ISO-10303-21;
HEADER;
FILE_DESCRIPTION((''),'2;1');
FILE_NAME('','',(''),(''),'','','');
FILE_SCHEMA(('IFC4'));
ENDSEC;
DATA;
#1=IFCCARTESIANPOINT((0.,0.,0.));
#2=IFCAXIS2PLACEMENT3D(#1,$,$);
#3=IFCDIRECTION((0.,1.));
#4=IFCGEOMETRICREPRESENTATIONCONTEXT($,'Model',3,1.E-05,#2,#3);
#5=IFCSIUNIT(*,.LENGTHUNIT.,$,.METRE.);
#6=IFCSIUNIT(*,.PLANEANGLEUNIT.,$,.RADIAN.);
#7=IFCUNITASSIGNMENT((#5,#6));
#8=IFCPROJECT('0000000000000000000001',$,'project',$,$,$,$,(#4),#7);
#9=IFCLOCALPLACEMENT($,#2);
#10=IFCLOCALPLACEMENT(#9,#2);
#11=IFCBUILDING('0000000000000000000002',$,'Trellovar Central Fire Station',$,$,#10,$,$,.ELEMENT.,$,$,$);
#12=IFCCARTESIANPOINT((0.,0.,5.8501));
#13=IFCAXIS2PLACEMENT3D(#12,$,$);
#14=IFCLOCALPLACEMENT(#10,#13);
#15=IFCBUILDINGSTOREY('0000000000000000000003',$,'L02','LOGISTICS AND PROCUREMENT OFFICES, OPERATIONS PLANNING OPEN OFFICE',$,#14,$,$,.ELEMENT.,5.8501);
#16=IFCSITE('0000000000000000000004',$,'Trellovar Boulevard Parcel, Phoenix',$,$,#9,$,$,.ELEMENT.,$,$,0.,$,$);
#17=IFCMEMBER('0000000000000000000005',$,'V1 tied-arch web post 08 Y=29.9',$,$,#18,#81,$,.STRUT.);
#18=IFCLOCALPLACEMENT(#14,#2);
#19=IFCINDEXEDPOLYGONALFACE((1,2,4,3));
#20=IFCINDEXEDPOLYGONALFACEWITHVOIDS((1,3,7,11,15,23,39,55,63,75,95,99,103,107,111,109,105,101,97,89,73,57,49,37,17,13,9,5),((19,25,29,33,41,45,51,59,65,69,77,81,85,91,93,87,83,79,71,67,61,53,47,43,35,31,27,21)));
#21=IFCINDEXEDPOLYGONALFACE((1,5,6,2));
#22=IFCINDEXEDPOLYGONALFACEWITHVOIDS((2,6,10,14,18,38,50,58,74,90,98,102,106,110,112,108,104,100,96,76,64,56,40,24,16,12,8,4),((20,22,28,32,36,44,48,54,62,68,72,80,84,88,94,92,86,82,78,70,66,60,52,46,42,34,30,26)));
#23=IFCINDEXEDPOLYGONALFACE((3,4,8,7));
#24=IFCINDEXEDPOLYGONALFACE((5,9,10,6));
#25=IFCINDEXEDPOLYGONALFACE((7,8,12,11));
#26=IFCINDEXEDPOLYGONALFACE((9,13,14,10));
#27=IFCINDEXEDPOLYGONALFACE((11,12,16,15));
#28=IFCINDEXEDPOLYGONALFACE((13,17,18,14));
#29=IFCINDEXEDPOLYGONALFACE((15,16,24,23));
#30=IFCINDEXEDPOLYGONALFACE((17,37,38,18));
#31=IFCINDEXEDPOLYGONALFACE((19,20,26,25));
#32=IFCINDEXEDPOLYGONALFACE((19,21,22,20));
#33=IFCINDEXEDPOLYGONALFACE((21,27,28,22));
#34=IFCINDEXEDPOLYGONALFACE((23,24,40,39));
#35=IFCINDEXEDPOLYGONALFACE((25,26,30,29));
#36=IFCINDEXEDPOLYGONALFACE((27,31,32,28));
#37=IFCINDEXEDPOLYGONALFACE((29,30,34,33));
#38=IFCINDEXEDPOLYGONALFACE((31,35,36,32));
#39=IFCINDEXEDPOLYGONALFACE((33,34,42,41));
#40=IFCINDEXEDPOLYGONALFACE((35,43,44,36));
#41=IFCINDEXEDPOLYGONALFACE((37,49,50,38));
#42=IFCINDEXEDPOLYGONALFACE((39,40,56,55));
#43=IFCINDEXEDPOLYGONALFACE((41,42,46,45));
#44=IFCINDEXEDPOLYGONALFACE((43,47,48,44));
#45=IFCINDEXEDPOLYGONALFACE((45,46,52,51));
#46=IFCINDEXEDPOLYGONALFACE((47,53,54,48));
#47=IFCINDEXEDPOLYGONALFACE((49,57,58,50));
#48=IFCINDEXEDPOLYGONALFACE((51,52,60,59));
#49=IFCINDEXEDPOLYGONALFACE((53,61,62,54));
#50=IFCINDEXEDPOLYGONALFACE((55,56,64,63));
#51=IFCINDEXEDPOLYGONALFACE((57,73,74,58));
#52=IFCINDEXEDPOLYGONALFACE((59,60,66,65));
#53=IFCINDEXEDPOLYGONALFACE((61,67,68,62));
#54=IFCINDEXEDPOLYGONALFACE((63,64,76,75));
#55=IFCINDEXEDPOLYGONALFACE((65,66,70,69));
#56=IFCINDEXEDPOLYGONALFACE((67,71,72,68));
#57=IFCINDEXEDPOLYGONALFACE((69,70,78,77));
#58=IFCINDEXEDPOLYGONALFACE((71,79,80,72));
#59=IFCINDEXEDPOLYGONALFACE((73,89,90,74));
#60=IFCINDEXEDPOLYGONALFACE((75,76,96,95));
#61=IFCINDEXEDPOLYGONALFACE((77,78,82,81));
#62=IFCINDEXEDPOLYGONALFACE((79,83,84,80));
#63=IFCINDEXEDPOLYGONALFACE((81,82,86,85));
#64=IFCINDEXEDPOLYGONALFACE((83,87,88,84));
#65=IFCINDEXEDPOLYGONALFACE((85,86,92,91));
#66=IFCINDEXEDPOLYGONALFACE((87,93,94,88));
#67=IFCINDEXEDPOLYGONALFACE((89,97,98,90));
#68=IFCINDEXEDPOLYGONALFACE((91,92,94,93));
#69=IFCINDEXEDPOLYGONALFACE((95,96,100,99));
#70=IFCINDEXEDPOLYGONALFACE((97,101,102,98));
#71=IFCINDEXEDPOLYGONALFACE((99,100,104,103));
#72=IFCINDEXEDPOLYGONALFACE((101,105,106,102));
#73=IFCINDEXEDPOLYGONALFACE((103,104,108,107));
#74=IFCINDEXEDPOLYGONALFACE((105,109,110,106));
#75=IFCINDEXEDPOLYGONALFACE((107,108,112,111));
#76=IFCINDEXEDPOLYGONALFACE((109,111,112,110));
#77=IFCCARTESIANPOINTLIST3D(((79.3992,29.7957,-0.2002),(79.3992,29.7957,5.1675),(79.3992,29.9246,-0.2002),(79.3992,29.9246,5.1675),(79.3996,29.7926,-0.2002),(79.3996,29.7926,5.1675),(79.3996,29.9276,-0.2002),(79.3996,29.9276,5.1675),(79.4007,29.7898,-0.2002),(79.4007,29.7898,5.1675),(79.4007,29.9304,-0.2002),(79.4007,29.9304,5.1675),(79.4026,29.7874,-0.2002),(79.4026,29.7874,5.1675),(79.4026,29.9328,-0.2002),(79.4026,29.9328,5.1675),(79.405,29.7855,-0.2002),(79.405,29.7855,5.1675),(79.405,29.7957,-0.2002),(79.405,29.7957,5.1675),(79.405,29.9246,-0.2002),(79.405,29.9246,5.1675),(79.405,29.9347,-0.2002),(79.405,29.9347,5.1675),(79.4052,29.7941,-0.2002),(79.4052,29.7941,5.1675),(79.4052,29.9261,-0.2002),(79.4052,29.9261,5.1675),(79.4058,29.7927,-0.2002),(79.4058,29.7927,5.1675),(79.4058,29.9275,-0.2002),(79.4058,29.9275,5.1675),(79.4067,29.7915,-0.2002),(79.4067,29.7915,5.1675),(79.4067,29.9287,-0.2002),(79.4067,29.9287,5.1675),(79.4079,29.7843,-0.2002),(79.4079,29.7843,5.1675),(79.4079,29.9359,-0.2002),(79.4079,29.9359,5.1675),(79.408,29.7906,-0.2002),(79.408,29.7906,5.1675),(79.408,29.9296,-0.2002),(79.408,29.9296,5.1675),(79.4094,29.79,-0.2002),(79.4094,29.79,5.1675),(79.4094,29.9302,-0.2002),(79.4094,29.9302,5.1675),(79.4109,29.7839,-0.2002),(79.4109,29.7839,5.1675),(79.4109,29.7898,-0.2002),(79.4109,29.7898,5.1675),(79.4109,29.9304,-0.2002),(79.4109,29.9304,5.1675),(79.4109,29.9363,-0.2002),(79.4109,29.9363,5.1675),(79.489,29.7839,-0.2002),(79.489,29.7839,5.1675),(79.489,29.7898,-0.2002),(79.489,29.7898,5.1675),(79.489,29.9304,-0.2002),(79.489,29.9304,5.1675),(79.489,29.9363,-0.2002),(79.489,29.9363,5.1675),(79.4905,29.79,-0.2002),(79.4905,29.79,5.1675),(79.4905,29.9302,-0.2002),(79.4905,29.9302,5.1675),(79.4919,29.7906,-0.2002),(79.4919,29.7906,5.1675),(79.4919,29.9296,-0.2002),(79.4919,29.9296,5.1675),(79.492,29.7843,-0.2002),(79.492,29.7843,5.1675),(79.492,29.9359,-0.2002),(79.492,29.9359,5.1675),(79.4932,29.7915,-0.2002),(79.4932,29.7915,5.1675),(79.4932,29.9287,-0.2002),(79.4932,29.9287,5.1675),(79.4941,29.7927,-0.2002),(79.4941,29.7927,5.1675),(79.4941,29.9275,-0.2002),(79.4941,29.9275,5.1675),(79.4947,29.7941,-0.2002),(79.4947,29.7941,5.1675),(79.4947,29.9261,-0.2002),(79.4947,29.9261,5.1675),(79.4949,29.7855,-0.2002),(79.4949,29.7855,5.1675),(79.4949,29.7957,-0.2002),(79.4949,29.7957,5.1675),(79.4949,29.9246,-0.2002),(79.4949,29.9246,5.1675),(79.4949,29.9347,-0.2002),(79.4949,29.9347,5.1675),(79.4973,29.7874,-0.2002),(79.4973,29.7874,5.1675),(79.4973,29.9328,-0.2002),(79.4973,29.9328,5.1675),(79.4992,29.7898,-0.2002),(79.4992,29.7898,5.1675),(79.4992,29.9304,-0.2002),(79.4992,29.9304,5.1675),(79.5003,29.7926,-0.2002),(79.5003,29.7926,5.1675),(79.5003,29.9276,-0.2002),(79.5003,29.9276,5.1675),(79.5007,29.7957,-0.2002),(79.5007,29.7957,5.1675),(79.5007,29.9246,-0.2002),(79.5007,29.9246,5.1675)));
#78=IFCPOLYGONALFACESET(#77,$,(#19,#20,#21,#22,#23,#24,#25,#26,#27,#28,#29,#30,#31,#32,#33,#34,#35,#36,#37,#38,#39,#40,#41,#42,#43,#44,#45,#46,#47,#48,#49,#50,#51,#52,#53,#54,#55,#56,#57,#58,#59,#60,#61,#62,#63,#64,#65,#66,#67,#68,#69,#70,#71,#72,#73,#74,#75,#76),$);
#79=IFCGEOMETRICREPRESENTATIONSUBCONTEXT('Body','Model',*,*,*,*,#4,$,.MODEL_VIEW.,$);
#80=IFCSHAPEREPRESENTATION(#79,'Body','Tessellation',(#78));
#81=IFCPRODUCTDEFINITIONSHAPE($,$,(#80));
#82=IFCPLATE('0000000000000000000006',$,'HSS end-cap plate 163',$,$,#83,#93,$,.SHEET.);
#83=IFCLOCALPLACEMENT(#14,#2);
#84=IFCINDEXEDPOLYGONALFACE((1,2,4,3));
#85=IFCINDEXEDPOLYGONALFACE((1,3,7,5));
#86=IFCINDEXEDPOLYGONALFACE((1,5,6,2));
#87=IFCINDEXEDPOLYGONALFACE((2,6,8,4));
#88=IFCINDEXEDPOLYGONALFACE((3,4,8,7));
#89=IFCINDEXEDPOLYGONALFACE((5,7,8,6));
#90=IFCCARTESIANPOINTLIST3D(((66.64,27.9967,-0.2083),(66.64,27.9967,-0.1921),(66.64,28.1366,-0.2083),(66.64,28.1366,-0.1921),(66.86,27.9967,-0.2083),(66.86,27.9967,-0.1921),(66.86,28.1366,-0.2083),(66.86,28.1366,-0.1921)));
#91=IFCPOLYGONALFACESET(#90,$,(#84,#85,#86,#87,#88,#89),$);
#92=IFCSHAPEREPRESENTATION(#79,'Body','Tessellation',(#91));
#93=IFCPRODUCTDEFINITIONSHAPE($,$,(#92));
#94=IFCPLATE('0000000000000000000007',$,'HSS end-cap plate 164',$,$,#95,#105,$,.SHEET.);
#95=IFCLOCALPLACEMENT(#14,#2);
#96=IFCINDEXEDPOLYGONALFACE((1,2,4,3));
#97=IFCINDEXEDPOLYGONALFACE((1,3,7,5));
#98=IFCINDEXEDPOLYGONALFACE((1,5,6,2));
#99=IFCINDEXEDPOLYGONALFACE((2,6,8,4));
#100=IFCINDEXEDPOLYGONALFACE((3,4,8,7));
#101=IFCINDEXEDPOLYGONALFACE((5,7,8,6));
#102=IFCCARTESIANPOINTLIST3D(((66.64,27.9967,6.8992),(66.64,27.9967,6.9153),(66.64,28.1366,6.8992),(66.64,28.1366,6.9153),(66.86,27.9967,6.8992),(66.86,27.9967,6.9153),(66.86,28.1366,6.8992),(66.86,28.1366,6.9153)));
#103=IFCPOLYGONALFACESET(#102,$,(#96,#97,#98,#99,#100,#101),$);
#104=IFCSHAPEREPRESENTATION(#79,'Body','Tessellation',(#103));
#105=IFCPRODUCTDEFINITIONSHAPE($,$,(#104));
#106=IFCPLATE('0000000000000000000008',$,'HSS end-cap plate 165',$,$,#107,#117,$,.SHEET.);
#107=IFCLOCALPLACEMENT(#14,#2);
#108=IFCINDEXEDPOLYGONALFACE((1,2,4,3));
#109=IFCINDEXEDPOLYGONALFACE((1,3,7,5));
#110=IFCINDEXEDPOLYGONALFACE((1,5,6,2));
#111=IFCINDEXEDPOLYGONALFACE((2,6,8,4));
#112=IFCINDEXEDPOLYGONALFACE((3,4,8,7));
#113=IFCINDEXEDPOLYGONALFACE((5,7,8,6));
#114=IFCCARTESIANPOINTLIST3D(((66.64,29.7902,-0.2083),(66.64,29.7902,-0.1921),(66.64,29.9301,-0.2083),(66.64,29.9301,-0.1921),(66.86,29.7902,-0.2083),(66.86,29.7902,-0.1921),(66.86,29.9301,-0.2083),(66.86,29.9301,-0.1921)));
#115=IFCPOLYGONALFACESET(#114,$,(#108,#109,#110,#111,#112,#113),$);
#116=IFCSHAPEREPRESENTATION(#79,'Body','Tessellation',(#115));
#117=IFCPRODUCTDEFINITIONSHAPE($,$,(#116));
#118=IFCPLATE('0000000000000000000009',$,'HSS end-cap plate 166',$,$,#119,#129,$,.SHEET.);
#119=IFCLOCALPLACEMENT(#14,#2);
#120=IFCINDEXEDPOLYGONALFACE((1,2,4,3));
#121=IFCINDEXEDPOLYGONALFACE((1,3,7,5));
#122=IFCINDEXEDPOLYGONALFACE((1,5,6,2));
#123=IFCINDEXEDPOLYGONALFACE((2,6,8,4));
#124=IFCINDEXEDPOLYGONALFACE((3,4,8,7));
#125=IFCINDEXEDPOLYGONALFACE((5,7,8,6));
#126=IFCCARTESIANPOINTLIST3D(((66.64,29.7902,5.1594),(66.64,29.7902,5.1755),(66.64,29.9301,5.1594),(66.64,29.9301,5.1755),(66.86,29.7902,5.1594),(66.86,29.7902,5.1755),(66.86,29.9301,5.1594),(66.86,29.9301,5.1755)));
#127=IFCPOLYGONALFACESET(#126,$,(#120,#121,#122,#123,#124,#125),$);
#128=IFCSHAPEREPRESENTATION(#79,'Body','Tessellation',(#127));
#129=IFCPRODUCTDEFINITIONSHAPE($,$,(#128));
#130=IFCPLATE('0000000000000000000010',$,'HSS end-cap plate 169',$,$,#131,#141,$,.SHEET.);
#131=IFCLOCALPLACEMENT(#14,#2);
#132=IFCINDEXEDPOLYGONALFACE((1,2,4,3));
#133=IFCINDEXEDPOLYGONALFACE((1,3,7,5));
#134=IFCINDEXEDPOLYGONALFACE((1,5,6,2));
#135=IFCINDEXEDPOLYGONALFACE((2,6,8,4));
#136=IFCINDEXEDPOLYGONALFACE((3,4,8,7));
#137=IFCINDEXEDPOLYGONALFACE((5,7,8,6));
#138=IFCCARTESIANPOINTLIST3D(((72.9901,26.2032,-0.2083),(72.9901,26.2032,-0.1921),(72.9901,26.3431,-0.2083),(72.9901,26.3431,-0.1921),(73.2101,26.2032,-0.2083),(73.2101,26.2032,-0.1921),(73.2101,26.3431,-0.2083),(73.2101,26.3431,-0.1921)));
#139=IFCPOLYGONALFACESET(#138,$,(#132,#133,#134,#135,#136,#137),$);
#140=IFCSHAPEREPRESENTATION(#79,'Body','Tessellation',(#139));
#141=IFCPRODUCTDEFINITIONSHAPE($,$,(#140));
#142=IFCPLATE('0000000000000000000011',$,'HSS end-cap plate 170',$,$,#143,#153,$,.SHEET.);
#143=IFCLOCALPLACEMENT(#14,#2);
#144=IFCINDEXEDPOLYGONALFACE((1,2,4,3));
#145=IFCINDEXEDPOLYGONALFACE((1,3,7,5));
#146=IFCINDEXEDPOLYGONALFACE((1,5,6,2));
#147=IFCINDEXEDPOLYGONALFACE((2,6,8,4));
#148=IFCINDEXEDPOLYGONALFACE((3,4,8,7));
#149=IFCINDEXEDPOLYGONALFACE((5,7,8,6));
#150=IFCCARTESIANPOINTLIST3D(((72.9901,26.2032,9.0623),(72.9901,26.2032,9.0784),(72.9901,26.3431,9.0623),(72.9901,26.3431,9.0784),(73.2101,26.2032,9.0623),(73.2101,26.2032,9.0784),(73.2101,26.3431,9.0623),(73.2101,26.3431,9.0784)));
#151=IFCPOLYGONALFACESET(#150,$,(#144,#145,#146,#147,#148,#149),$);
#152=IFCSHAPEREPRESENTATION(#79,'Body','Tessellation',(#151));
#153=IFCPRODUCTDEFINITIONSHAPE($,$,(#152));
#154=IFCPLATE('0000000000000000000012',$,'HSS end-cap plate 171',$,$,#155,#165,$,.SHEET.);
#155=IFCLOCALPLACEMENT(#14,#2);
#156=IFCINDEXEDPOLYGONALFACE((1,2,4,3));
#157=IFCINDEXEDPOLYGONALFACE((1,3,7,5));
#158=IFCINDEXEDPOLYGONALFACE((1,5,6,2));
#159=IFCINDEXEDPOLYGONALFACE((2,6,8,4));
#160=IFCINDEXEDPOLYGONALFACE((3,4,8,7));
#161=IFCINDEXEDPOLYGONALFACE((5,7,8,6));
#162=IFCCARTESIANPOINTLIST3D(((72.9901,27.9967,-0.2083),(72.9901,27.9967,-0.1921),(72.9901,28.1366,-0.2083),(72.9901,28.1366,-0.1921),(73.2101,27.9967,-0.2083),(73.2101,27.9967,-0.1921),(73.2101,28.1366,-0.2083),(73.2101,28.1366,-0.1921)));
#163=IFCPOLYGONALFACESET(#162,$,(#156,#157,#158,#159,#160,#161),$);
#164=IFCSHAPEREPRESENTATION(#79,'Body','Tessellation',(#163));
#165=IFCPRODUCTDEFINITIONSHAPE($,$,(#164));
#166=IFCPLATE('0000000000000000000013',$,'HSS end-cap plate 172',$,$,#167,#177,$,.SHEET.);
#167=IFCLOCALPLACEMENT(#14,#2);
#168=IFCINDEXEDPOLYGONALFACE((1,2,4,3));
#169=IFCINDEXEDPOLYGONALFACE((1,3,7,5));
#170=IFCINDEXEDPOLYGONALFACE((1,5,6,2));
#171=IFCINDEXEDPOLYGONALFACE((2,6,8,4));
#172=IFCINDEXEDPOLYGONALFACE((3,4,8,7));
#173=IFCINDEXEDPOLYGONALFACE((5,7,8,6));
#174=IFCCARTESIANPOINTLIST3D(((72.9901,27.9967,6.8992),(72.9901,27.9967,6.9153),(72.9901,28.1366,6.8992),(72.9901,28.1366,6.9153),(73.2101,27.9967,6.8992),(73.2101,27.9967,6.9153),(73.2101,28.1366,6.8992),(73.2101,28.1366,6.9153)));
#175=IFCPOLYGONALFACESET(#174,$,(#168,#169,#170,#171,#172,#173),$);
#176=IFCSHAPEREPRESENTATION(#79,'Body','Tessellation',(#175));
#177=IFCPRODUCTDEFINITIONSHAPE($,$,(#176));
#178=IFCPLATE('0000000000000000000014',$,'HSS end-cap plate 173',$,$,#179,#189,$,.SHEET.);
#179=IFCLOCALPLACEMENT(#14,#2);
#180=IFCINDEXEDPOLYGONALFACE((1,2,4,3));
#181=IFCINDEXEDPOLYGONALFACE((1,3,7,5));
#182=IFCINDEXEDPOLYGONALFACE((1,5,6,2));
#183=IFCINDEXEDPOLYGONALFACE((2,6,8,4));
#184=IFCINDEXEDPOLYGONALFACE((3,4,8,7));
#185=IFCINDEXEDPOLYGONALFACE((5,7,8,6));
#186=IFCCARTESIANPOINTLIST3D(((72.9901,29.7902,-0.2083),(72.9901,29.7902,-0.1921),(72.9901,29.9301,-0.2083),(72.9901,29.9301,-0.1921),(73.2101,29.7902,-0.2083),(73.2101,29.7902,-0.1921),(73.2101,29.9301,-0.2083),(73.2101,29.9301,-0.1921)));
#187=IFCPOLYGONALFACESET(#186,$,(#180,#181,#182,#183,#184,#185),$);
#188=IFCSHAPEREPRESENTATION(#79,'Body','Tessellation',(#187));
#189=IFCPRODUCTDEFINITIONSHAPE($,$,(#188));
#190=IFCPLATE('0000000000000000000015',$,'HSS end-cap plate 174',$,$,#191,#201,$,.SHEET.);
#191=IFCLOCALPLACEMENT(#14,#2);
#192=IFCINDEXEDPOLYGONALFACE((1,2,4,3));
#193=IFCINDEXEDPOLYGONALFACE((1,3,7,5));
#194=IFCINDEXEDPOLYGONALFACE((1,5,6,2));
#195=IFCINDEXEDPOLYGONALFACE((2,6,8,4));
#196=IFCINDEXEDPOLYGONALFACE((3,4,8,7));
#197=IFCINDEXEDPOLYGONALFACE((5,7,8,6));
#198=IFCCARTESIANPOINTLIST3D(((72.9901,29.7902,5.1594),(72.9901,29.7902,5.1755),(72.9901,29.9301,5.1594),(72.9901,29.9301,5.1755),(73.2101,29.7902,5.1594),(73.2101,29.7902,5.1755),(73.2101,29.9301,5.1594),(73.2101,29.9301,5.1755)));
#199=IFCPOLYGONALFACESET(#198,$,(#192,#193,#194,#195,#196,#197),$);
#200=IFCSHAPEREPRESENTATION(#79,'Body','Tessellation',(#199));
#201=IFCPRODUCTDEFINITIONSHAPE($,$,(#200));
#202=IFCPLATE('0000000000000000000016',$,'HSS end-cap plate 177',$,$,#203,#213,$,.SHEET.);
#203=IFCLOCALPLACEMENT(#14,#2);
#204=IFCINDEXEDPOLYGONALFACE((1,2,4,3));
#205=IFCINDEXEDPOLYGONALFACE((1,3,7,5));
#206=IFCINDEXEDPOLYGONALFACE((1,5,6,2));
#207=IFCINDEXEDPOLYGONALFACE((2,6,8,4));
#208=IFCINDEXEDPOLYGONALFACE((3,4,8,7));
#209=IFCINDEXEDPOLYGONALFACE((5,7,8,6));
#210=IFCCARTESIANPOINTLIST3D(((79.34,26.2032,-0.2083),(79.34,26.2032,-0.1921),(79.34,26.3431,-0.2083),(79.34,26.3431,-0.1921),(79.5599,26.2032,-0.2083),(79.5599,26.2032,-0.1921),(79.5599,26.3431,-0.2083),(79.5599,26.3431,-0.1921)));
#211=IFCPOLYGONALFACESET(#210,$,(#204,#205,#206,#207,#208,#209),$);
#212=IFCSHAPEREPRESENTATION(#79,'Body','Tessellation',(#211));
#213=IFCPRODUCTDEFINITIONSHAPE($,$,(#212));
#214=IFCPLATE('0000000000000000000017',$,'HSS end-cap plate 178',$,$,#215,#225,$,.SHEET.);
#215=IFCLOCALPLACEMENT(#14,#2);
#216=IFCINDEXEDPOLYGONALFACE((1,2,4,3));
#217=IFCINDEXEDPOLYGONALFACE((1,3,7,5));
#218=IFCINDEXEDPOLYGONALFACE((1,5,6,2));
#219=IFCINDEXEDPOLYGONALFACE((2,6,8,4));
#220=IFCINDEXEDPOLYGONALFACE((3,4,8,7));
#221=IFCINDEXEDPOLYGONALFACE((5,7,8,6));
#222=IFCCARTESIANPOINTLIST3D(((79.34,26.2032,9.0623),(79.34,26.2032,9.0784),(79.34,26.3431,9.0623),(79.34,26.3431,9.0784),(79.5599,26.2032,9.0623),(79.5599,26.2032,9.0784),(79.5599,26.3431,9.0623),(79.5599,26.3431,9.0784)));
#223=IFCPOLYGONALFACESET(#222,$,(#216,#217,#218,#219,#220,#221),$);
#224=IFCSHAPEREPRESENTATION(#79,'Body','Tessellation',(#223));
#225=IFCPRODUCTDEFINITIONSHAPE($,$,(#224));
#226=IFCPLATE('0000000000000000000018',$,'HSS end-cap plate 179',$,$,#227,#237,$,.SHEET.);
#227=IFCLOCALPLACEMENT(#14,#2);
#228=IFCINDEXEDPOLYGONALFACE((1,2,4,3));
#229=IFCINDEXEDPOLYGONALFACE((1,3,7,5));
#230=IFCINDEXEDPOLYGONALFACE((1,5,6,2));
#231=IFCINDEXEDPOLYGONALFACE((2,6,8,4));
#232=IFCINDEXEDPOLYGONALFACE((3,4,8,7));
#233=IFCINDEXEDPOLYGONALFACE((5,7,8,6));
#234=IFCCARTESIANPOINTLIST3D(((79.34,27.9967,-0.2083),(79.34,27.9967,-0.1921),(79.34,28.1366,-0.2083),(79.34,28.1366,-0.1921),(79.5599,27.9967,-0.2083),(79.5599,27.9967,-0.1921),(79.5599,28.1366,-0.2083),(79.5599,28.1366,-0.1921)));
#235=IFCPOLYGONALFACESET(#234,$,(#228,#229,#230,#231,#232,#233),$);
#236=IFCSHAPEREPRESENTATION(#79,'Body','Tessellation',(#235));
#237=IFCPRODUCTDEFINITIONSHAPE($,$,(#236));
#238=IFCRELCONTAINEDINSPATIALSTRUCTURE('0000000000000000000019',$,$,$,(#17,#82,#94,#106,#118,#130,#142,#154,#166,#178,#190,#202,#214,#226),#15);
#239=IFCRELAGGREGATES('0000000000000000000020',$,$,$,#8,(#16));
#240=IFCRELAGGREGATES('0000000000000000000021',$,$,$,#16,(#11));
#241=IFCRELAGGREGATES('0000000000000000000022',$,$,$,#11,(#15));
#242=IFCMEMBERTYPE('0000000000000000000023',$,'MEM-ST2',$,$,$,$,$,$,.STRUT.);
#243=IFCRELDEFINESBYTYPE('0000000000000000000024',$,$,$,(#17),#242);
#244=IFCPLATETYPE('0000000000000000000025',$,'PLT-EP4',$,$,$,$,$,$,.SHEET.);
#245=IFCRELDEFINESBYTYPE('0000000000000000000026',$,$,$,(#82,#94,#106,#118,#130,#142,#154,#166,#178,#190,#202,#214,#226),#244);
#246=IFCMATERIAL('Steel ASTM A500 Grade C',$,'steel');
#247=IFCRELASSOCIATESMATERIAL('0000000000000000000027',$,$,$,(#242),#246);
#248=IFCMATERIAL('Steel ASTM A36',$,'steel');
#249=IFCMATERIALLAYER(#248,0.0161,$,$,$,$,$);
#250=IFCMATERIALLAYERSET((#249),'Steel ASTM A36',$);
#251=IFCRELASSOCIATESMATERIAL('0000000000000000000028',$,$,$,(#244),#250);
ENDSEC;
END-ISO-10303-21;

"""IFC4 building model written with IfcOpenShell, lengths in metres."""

from ifc_helpers import new_model, si_unit, direction, frame, origin, origin_2d, place, context, subcontext, project, spatial, rectangle, hollow_rectangle, extrude, material, layer, layer_set, material_profile, profile_set, type_object, element, save


model = new_model("IFC4")

# Units and contexts
model_context = context("Model", 3, precision=1e-05, world=origin(), true_north=direction((0.0, 1.0)))
body_context = subcontext(model_context, "Body", "Model", "MODEL_VIEW")
ifc_project = project(units=[si_unit("LENGTHUNIT", "METRE"), si_unit("PLANEANGLEUNIT", "RADIAN")], contexts=[model_context])

# Site, building, storey
site_placement = place(None, origin())
site = spatial("IfcSite", under=ifc_project, at=site_placement, Name="Trellovar Boulevard Parcel, Phoenix", CompositionType="ELEMENT", RefElevation=0.0)
building_placement = place(site_placement, origin())
building = spatial("IfcBuilding", under=site, at=building_placement, Name="Trellovar Central Fire Station", CompositionType="ELEMENT")
storey_placement = place(building_placement, frame((0.0, 0.0, 5.8501)))
storey = spatial("IfcBuildingStorey", under=building, at=storey_placement, Name="L02", Description="LOGISTICS AND PROCUREMENT OFFICES, OPERATIONS PLANNING OPEN OFFICE", CompositionType="ELEMENT", Elevation=5.8501)

# Member
ifc_material_1 = material(Name="Steel ASTM A500 Grade C", Category="steel")
ifc_material_profile_1 = material_profile(ifc_material_1, hollow_rectangle(XDim=0.1016, YDim=0.1523, WallThickness=0.0059, InnerFilletRadius=0.0059, OuterFilletRadius=0.0117, at=origin_2d()), Name="HSS6X4X1/4")
ifc_profile_set_1 = profile_set([ifc_material_profile_1], Name="Steel ASTM A500 Grade C")
member_type_1 = type_object("IfcMemberType", Name="MEM-ST2", PredefinedType="STRUT", material=ifc_profile_set_1)
member_1_placement = place(storey_placement, frame((79.45, 29.8601, -0.2002), z_axis=(0.0, 0.0, 1.0), x_axis=(1.0, 0.0, 0.0)))
element("IfcMember", 1, at=member_1_placement, inside=storey, type_object=member_type_1, Name="V1 tied-arch web post 08 Y=29.9", PredefinedType="STRUT", context=body_context, shape_type="SweptSolid", body=[
    extrude(hollow_rectangle(XDim=0.1016, YDim=0.1523, WallThickness=0.0059, InnerFilletRadius=0.0059, OuterFilletRadius=0.0117, at=origin_2d()), origin(), (0.0, 0.0, 1.0), 5.3677),
])

# Plates
ifc_material_2 = material(Name="Steel ASTM A36", Category="steel")
ifc_layer_1 = layer(ifc_material_2, 0.0161)
ifc_layer_set_1 = layer_set([ifc_layer_1], Name="Steel ASTM A36")
plate_type = type_object("IfcPlateType", Name="PLT-EP4", PredefinedType="SHEET", material=ifc_layer_set_1)
for number, where, z_axis, x_axis, name in (
    (2, (66.75, 28.0667, -0.2083), (0.0, 0.0, 1.0), (1.0, 0.0, 0.0), "HSS end-cap plate 163"),
    (3, (66.75, 28.0667, 6.8992), (0.0, 0.0, 1.0), (1.0, 0.0, 0.0), "HSS end-cap plate 164"),
    (4, (66.75, 29.8601, -0.2083), (0.0, 0.0, 1.0), (1.0, 0.0, 0.0), "HSS end-cap plate 165"),
    (5, (66.75, 29.8601, 5.1594), (0.0, 0.0, 1.0), (1.0, 0.0, 0.0), "HSS end-cap plate 166"),
    (6, (73.1001, 26.2732, -0.2083), (0.0, 0.0, 1.0), (1.0, 0.0, 0.0), "HSS end-cap plate 169"),
    (7, (73.1001, 26.2732, 9.0623), (0.0, 0.0, 1.0), (1.0, 0.0, 0.0), "HSS end-cap plate 170"),
    (8, (73.1001, 28.0667, -0.2083), (0.0, 0.0, 1.0), (1.0, 0.0, 0.0), "HSS end-cap plate 171"),
    (9, (73.1001, 28.0667, 6.8992), (0.0, 0.0, 1.0), (1.0, 0.0, 0.0), "HSS end-cap plate 172"),
    (10, (73.1001, 29.8601, -0.2083), (0.0, 0.0, 1.0), (1.0, 0.0, 0.0), "HSS end-cap plate 173"),
    (11, (73.1001, 29.8601, 5.1594), (0.0, 0.0, 1.0), (1.0, 0.0, 0.0), "HSS end-cap plate 174"),
    (12, (79.45, 26.2732, -0.2083), (0.0, 0.0, 1.0), (1.0, 0.0, 0.0), "HSS end-cap plate 177"),
    (13, (79.45, 26.2732, 9.0623), (0.0, 0.0, 1.0), (1.0, 0.0, 0.0), "HSS end-cap plate 178"),
    (14, (79.45, 28.0667, -0.2083), (0.0, 0.0, 1.0), (1.0, 0.0, 0.0), "HSS end-cap plate 179"),
):
    element("IfcPlate", number, at=place(storey_placement, frame(where, z_axis=z_axis, x_axis=x_axis)), inside=storey, type_object=plate_type, Name=name, PredefinedType="SHEET", context=body_context, shape_type="SweptSolid", body=[
        extrude(rectangle(XDim=0.22, YDim=0.1399, at=origin_2d()), origin(), (0.0, 0.0, 1.0), 0.0161),
    ])

save(model, "model.ifc")
